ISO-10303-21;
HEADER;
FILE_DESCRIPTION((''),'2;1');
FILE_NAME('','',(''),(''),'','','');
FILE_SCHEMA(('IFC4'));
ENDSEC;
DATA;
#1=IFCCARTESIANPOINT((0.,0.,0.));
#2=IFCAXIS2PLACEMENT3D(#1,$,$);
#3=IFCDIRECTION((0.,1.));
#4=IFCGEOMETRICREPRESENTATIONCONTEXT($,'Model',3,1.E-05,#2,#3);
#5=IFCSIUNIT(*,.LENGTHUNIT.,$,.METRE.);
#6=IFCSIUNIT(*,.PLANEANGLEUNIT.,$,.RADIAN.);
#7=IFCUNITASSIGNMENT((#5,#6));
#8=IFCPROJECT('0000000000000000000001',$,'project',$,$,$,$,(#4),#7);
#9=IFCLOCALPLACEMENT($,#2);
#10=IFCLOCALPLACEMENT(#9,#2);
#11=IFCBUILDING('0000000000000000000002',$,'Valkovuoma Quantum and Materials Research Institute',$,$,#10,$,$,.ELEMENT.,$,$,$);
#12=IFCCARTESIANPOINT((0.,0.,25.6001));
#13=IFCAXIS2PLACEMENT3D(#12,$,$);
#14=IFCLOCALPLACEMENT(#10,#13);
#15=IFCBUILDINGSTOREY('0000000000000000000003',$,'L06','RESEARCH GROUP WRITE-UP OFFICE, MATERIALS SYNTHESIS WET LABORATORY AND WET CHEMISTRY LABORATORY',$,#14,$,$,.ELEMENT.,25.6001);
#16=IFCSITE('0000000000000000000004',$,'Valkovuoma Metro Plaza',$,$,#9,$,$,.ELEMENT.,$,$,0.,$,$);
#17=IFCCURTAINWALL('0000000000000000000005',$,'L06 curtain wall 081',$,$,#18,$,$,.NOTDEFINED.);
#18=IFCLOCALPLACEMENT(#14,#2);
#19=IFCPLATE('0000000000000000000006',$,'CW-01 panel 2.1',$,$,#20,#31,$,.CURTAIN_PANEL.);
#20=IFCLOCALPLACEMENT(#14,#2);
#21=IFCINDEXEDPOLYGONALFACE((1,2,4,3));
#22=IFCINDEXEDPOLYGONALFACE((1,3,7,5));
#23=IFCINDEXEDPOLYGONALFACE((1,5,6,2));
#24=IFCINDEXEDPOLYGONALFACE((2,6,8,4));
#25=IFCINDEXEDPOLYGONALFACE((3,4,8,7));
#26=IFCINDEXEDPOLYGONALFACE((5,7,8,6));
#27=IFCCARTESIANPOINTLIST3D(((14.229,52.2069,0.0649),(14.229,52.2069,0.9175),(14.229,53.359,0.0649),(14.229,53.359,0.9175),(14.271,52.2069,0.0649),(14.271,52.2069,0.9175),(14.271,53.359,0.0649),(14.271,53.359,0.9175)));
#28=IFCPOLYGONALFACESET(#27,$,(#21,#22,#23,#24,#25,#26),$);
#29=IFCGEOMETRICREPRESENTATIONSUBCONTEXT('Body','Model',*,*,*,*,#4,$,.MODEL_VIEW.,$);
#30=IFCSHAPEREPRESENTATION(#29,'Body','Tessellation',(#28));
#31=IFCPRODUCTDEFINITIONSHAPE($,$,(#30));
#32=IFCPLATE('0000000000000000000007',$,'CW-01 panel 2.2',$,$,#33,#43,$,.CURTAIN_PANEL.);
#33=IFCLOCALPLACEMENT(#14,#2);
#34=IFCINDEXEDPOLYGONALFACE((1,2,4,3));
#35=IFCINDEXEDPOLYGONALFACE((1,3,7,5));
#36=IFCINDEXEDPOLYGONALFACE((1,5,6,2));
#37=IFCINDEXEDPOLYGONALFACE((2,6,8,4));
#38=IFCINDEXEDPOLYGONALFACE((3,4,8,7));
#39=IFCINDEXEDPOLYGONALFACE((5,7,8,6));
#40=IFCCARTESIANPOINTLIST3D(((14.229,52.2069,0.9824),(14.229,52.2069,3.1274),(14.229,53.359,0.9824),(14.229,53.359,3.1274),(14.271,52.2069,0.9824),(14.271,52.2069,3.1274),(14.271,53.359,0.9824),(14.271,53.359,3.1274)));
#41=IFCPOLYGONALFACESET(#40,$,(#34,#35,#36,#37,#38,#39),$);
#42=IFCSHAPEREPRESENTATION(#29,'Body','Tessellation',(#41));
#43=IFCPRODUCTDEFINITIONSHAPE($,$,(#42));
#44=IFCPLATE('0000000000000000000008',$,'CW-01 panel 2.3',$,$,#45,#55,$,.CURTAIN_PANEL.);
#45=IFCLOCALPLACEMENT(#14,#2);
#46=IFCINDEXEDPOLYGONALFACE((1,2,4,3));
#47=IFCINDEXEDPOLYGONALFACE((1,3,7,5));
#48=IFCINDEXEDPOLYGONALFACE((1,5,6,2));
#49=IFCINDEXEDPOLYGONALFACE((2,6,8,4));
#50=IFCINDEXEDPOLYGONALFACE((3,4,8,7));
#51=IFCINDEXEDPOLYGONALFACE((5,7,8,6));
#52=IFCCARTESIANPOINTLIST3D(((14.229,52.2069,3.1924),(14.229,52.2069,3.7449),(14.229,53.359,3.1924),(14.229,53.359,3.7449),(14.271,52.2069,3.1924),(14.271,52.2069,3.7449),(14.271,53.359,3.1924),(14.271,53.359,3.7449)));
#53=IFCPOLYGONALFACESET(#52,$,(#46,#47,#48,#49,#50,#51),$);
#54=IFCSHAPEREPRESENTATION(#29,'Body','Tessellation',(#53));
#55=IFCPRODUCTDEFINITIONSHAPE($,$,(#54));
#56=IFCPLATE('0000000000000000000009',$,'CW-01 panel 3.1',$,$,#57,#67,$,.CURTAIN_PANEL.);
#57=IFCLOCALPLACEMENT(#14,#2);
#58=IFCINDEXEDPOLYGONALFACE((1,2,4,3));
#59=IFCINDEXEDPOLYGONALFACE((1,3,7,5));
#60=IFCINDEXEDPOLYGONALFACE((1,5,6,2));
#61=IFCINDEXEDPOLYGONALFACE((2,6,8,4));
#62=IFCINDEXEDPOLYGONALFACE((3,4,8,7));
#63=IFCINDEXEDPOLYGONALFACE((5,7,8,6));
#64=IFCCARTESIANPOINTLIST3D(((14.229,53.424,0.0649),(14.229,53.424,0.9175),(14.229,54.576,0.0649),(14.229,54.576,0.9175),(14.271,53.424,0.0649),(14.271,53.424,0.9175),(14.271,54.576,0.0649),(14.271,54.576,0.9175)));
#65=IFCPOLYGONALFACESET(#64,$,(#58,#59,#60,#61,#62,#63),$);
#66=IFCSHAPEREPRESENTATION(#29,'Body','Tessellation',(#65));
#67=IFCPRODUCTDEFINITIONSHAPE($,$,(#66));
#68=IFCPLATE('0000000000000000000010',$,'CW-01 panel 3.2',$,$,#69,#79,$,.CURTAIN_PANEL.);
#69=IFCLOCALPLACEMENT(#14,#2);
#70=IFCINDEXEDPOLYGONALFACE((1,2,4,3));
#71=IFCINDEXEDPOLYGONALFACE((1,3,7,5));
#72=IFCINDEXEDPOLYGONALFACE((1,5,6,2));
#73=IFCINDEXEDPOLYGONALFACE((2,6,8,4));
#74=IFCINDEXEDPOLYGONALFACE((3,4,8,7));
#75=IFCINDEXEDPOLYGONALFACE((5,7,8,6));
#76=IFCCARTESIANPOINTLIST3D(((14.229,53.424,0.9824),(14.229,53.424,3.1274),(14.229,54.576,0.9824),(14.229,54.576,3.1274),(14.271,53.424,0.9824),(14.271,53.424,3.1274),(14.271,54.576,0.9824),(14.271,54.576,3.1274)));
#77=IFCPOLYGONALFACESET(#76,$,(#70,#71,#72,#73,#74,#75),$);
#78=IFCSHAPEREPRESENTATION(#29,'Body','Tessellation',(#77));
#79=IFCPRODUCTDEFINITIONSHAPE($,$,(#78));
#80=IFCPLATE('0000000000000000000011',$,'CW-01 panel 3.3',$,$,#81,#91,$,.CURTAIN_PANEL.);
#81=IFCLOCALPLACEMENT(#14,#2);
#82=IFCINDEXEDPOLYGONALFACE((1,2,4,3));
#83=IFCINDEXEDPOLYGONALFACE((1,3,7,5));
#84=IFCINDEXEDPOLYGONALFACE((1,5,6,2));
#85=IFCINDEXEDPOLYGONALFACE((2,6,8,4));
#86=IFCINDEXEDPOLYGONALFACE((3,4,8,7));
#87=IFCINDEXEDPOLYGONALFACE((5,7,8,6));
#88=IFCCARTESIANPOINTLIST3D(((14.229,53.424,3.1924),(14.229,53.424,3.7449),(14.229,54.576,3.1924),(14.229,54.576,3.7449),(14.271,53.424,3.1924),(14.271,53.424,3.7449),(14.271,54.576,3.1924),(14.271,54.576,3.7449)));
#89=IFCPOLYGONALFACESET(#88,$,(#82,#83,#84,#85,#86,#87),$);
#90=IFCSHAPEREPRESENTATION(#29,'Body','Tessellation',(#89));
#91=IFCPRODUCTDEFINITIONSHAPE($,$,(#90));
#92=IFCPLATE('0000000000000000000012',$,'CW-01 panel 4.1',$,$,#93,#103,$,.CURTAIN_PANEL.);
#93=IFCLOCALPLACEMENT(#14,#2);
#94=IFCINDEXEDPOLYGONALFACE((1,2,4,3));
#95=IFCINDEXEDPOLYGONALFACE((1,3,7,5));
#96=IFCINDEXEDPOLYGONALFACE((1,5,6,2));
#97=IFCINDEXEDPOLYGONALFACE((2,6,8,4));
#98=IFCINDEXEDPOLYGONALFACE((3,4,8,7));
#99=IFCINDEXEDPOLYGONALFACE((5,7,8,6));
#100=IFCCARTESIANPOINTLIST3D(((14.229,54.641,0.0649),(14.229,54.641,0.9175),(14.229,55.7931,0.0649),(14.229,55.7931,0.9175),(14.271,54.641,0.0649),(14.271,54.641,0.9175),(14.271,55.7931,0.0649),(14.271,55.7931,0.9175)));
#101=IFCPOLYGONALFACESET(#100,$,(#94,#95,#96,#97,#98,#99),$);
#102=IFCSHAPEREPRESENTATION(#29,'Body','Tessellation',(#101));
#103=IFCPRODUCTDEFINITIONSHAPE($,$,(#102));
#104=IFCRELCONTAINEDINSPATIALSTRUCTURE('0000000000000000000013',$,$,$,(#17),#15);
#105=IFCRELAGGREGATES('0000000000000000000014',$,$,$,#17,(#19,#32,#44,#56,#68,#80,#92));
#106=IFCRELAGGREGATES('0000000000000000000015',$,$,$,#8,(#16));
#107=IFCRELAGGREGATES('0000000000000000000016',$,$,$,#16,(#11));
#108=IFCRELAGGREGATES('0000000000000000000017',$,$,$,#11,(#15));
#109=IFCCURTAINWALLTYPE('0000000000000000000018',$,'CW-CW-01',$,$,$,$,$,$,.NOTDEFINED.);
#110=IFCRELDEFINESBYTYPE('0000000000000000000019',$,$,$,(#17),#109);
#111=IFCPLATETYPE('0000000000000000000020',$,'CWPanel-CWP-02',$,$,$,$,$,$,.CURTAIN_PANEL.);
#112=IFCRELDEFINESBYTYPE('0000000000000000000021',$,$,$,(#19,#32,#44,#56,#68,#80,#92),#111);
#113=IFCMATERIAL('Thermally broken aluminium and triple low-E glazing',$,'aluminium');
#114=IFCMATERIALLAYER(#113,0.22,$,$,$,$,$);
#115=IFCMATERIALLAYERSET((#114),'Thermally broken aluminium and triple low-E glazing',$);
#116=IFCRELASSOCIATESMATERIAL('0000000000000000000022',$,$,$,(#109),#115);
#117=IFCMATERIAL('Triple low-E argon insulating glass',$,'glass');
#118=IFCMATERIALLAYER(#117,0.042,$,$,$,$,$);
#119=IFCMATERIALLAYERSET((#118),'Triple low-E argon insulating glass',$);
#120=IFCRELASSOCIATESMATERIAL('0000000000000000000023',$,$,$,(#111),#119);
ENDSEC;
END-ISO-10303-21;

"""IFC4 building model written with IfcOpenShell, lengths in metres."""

from ifc_helpers import new_model, si_unit, direction, frame, origin, origin_2d, place, context, subcontext, project, spatial, rectangle, extrude, material, layer, layer_set, type_object, element, aggregate, save


model = new_model("IFC4")

# Units and contexts
model_context = context("Model", 3, precision=1e-05, world=origin(), true_north=direction((0.0, 1.0)))
body_context = subcontext(model_context, "Body", "Model", "MODEL_VIEW")
ifc_project = project(units=[si_unit("LENGTHUNIT", "METRE"), si_unit("PLANEANGLEUNIT", "RADIAN")], contexts=[model_context])

# Site, building, storey
site_placement = place(None, origin())
site = spatial("IfcSite", under=ifc_project, at=site_placement, Name="Valkovuoma Metro Plaza", CompositionType="ELEMENT", RefElevation=0.0)
building_placement = place(site_placement, origin())
building = spatial("IfcBuilding", under=site, at=building_placement, Name="Valkovuoma Quantum and Materials Research Institute", CompositionType="ELEMENT")
storey_placement = place(building_placement, frame((0.0, 0.0, 25.6001)))
storey = spatial("IfcBuildingStorey", under=building, at=storey_placement, Name="L06", Description="RESEARCH GROUP WRITE-UP OFFICE, MATERIALS SYNTHESIS WET LABORATORY AND WET CHEMISTRY LABORATORY", CompositionType="ELEMENT", Elevation=25.6001)

# Curtain wall, plates
ifc_material_1 = material(Name="Thermally broken aluminium and triple low-E glazing", Category="aluminium")
ifc_layer_1 = layer(ifc_material_1, 0.22)
ifc_layer_set_1 = layer_set([ifc_layer_1], Name="Thermally broken aluminium and triple low-E glazing")
curtain_wall_type = type_object("IfcCurtainWallType", Name="CW-CW-01", PredefinedType="NOTDEFINED", material=ifc_layer_set_1)
curtain_wall_placement = place(storey_placement, origin())
curtain_wall = element("IfcCurtainWall", 1, at=curtain_wall_placement, inside=storey, type_object=curtain_wall_type, Name="L06 curtain wall 081", PredefinedType="NOTDEFINED")
ifc_material_2 = material(Name="Triple low-E argon insulating glass", Category="glass")
ifc_layer_2 = layer(ifc_material_2, 0.042)
ifc_layer_set_2 = layer_set([ifc_layer_2], Name="Triple low-E argon insulating glass")
plate_type = type_object("IfcPlateType", Name="CWPanel-CWP-02", PredefinedType="CURTAIN_PANEL", material=ifc_layer_set_2)
plate_1_placement = place(storey_placement, frame((14.25, 52.783, 0.0649), z_axis=(0.0, 0.0, 1.0), x_axis=(0.0, 1.0, 0.0)))
plate_1 = element("IfcPlate", 2, at=plate_1_placement, type_object=plate_type, Name="CW-01 panel 2.1", PredefinedType="CURTAIN_PANEL", context=body_context, shape_type="SweptSolid", body=[
    extrude(rectangle(XDim=1.1521, YDim=0.042, at=origin_2d()), origin(), (0.0, 0.0, 1.0), 0.8525),
])
plate_2_placement = place(storey_placement, frame((14.25, 52.783, 0.9824), z_axis=(0.0, 0.0, 1.0), x_axis=(0.0, 1.0, 0.0)))
plate_2 = element("IfcPlate", 3, at=plate_2_placement, type_object=plate_type, Name="CW-01 panel 2.2", PredefinedType="CURTAIN_PANEL", context=body_context, shape_type="SweptSolid", body=[
    extrude(rectangle(XDim=1.1521, YDim=0.042, at=origin_2d()), origin(), (0.0, 0.0, 1.0), 2.145),
])
plate_3_placement = place(storey_placement, frame((14.25, 52.783, 3.1924), z_axis=(0.0, 0.0, 1.0), x_axis=(0.0, 1.0, 0.0)))
plate_3 = element("IfcPlate", 4, at=plate_3_placement, type_object=plate_type, Name="CW-01 panel 2.3", PredefinedType="CURTAIN_PANEL", context=body_context, shape_type="SweptSolid", body=[
    extrude(rectangle(XDim=1.1521, YDim=0.042, at=origin_2d()), origin(), (0.0, 0.0, 1.0), 0.5525),
])
plate_4_placement = place(storey_placement, frame((14.25, 54.0, 0.0649), z_axis=(0.0, 0.0, 1.0), x_axis=(0.0, 1.0, 0.0)))
plate_4 = element("IfcPlate", 5, at=plate_4_placement, type_object=plate_type, Name="CW-01 panel 3.1", PredefinedType="CURTAIN_PANEL", context=body_context, shape_type="SweptSolid", body=[
    extrude(rectangle(XDim=1.1521, YDim=0.042, at=origin_2d()), origin(), (0.0, 0.0, 1.0), 0.8525),
])
plate_5_placement = place(storey_placement, frame((14.25, 54.0, 0.9824), z_axis=(0.0, 0.0, 1.0), x_axis=(0.0, 1.0, 0.0)))
plate_5 = element("IfcPlate", 6, at=plate_5_placement, type_object=plate_type, Name="CW-01 panel 3.2", PredefinedType="CURTAIN_PANEL", context=body_context, shape_type="SweptSolid", body=[
    extrude(rectangle(XDim=1.1521, YDim=0.042, at=origin_2d()), origin(), (0.0, 0.0, 1.0), 2.145),
])
plate_6_placement = place(storey_placement, frame((14.25, 54.0, 3.1924), z_axis=(0.0, 0.0, 1.0), x_axis=(0.0, 1.0, 0.0)))
plate_6 = element("IfcPlate", 7, at=plate_6_placement, type_object=plate_type, Name="CW-01 panel 3.3", PredefinedType="CURTAIN_PANEL", context=body_context, shape_type="SweptSolid", body=[
    extrude(rectangle(XDim=1.1521, YDim=0.042, at=origin_2d()), origin(), (0.0, 0.0, 1.0), 0.5525),
])
plate_7_placement = place(storey_placement, frame((14.25, 55.217, 0.0649), z_axis=(0.0, 0.0, 1.0), x_axis=(0.0, 1.0, 0.0)))
plate_7 = element("IfcPlate", 8, at=plate_7_placement, type_object=plate_type, Name="CW-01 panel 4.1", PredefinedType="CURTAIN_PANEL", context=body_context, shape_type="SweptSolid", body=[
    extrude(rectangle(XDim=1.1521, YDim=0.042, at=origin_2d()), origin(), (0.0, 0.0, 1.0), 0.8525),
])
aggregate(curtain_wall, [plate_1, plate_2, plate_3, plate_4, plate_5, plate_6, plate_7])

save(model, "model.ifc")
